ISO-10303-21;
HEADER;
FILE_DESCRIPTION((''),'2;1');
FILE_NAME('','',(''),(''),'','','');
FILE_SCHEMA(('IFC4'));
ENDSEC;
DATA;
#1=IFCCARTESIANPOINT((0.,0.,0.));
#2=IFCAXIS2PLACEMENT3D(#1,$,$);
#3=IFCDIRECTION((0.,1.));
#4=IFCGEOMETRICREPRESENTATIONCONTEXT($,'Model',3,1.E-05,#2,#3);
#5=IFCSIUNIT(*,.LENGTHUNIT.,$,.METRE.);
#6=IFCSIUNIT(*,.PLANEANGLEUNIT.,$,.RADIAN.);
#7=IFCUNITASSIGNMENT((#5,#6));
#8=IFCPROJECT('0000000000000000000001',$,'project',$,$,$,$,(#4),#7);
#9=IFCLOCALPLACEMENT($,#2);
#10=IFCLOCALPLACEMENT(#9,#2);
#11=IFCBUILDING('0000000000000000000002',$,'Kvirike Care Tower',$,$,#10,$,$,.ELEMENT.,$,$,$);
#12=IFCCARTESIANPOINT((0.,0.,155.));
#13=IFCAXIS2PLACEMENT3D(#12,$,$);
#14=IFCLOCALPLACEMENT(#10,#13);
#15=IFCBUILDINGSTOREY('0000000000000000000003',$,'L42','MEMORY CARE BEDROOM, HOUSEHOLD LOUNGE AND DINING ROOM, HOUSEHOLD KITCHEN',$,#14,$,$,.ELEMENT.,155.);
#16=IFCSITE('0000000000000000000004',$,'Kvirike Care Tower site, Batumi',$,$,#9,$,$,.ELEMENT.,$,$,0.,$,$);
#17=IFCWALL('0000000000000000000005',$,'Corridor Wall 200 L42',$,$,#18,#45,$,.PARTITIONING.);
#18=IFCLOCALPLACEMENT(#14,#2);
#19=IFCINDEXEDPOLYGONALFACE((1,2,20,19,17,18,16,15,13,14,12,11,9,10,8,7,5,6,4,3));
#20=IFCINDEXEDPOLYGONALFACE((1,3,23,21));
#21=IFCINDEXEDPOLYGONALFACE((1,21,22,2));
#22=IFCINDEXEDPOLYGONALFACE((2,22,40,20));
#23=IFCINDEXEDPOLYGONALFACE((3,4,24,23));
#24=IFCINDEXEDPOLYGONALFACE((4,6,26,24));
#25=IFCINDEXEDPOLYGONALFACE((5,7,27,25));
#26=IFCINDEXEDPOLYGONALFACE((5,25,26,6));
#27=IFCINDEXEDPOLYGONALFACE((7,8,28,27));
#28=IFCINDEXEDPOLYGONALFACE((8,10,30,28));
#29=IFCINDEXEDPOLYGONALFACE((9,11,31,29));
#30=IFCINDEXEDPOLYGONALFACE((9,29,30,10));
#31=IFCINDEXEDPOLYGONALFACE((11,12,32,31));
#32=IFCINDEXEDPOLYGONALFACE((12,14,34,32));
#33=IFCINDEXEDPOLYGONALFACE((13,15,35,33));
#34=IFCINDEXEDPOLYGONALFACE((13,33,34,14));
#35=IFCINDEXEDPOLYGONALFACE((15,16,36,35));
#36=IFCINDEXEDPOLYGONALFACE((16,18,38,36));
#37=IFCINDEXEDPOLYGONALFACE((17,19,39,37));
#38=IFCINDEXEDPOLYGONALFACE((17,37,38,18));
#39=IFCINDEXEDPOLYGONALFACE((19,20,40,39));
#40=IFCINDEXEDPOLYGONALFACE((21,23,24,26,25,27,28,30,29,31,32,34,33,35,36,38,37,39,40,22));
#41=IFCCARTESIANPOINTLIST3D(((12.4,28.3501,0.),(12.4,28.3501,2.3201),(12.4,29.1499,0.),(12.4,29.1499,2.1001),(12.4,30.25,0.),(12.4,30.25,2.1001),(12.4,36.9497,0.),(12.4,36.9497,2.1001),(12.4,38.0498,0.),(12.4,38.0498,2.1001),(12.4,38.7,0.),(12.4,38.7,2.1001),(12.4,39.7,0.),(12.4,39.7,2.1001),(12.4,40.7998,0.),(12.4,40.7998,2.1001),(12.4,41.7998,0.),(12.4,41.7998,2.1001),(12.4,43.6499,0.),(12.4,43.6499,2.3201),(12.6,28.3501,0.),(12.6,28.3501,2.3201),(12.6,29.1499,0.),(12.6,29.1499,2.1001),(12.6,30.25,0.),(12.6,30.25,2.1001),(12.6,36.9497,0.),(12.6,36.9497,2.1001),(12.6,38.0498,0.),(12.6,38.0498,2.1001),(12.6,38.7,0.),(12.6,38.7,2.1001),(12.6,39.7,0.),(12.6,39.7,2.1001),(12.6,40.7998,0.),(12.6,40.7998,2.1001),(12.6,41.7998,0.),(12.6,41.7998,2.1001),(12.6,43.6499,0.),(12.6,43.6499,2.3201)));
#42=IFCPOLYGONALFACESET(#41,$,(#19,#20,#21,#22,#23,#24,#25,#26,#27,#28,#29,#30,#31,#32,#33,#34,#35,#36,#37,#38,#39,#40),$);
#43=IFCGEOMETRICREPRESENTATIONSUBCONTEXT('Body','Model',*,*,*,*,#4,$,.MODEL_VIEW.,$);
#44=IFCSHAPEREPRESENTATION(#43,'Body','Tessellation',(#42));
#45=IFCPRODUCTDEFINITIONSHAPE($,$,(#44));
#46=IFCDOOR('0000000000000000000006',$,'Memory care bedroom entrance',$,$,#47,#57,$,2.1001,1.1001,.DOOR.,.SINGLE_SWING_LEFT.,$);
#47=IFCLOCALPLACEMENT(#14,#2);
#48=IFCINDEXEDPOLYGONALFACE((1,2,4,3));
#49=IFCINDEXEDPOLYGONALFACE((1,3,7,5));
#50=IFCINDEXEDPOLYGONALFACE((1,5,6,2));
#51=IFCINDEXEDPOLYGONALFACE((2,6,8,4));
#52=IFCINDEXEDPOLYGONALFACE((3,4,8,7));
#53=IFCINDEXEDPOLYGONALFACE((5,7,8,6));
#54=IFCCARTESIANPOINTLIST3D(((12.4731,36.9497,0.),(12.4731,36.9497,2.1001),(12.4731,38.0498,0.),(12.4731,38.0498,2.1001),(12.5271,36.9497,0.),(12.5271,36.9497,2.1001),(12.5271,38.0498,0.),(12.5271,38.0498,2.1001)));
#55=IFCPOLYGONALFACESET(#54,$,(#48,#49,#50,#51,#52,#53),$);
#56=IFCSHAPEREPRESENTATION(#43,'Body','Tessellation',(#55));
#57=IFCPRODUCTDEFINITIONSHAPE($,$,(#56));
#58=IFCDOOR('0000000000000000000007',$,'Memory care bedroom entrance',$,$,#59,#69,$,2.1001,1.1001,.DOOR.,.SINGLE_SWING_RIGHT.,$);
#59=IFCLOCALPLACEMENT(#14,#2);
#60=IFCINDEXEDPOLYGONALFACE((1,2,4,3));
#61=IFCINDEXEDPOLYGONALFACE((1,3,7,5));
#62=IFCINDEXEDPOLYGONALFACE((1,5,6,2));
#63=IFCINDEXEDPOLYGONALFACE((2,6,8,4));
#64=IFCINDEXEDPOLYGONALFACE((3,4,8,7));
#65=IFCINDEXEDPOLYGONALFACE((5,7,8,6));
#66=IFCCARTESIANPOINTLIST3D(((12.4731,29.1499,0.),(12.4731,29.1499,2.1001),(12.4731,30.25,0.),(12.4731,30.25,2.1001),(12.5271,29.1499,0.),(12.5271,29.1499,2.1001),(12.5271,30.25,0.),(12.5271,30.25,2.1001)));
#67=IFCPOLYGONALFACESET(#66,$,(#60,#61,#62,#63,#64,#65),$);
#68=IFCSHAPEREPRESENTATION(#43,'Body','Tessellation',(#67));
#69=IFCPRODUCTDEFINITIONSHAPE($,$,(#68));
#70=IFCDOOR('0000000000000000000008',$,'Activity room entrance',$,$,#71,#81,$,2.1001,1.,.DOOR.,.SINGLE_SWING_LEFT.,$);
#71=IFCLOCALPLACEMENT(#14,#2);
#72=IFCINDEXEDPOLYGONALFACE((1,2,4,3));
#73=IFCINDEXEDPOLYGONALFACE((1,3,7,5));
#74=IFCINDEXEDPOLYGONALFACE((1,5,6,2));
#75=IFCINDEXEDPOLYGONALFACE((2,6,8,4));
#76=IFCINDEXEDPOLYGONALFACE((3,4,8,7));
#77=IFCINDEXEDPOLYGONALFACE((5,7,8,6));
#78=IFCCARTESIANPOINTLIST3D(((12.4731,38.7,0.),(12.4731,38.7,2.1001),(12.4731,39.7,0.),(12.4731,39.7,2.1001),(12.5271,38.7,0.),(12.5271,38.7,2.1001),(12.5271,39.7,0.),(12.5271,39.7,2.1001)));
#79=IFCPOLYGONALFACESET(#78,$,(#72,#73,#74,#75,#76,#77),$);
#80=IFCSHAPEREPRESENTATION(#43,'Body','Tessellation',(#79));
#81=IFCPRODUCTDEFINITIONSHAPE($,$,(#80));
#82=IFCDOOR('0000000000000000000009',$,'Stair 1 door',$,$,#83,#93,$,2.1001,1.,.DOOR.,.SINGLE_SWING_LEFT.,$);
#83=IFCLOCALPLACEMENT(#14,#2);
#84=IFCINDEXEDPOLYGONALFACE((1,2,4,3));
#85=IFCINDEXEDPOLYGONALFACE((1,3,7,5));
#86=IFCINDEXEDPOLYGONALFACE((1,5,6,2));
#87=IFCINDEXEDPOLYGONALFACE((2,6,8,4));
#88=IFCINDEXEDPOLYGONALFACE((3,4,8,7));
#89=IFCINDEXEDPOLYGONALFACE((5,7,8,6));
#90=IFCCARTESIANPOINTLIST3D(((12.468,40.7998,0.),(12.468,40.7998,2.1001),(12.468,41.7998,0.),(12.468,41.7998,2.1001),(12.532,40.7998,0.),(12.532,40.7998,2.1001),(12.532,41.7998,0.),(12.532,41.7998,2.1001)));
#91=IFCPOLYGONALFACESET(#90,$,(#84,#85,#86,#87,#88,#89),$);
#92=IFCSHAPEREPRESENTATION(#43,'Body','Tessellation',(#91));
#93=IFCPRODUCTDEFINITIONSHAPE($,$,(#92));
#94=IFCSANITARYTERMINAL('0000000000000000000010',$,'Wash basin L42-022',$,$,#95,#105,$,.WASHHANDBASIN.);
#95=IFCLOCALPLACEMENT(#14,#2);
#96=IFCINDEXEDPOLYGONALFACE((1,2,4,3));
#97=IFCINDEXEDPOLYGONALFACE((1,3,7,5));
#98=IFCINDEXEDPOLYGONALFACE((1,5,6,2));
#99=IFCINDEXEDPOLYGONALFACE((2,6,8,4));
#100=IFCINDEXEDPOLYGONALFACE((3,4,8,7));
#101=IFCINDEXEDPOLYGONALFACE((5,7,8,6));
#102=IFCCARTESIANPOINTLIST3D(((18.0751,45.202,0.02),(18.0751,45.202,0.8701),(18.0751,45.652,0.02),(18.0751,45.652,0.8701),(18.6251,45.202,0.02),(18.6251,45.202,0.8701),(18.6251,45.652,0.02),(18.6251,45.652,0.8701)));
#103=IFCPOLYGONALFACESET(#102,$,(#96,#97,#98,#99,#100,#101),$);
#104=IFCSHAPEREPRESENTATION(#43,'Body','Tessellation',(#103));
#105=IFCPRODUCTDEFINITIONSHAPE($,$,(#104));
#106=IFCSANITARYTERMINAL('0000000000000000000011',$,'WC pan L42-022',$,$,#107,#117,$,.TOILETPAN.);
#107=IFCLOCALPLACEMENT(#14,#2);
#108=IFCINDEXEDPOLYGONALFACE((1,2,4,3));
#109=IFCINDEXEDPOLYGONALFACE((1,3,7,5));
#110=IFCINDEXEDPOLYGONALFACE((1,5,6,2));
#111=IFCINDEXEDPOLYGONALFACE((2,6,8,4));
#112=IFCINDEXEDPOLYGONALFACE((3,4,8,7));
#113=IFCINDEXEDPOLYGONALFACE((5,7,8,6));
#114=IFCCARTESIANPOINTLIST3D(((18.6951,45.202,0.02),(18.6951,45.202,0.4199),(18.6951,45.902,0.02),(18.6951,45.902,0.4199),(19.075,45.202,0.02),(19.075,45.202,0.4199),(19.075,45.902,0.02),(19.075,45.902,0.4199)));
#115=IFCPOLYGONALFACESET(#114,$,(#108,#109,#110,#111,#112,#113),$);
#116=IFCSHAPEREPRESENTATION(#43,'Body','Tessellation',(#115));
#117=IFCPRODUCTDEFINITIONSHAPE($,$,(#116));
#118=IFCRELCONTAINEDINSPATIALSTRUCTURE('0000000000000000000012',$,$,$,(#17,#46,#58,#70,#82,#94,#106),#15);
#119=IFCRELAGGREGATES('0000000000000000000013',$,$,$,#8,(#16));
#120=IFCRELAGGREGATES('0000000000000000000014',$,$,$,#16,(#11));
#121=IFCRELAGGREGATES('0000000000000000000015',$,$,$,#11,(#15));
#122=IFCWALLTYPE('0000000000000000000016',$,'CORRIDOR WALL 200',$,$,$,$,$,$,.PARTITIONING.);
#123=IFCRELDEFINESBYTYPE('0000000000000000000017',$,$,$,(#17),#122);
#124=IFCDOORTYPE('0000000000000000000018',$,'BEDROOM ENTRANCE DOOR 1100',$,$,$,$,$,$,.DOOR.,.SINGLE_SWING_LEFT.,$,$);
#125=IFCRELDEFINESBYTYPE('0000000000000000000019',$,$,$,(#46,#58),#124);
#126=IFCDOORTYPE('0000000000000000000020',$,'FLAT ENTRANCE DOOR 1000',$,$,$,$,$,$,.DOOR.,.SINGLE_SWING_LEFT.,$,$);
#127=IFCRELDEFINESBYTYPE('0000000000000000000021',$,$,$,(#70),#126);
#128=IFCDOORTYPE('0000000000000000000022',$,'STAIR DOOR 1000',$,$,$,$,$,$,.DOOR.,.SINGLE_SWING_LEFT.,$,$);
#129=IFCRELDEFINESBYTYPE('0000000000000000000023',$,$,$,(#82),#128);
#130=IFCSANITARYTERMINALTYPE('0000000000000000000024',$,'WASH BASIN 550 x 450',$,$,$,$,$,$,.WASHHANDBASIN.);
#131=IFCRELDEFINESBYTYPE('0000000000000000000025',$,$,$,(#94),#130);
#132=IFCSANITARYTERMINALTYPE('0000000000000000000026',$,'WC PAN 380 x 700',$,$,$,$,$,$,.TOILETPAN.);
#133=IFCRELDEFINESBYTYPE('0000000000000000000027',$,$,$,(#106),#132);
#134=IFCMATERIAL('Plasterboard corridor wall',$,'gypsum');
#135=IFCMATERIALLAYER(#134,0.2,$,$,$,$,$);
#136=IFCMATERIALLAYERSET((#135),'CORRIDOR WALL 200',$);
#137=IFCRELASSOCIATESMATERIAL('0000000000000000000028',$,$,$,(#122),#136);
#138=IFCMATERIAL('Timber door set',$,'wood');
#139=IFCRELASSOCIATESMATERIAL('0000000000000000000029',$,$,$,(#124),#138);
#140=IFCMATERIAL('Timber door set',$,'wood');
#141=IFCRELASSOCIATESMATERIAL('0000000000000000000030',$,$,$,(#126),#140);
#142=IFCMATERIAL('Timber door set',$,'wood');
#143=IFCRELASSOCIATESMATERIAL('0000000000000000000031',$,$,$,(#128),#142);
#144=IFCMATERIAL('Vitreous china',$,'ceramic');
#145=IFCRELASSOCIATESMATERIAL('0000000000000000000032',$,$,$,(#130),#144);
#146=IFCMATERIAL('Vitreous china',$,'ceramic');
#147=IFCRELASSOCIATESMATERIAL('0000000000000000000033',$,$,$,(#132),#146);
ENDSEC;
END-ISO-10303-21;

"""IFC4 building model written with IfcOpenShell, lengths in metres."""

from ifc_helpers import new_model, si_unit, direction, frame, frame_2d, origin, origin_2d, place, context, subcontext, project, spatial, rectangle, extrude, material, layer, layer_set, type_object, element, fill, save


model = new_model("IFC4")

# Units and contexts
model_context = context("Model", 3, precision=1e-05, world=origin(), true_north=direction((0.0, 1.0)))
body_context = subcontext(model_context, "Body", "Model", "MODEL_VIEW")
ifc_project = project(units=[si_unit("LENGTHUNIT", "METRE"), si_unit("PLANEANGLEUNIT", "RADIAN")], contexts=[model_context])

# Site, building, storey
site_placement = place(None, origin())
site = spatial("IfcSite", under=ifc_project, at=site_placement, Name="Kvirike Care Tower site, Batumi", CompositionType="ELEMENT", RefElevation=0.0)
building_placement = place(site_placement, origin())
building = spatial("IfcBuilding", under=site, at=building_placement, Name="Kvirike Care Tower", CompositionType="ELEMENT")
storey_placement = place(building_placement, frame((0.0, 0.0, 155.0)))
storey = spatial("IfcBuildingStorey", under=building, at=storey_placement, Name="L42", Description="MEMORY CARE BEDROOM, HOUSEHOLD LOUNGE AND DINING ROOM, HOUSEHOLD KITCHEN", CompositionType="ELEMENT", Elevation=155.0)

# Wall, openings, doors
ifc_material_1 = material(Name="Plasterboard corridor wall", Category="gypsum")
ifc_layer_1 = layer(ifc_material_1, 0.2)
ifc_layer_set_1 = layer_set([ifc_layer_1], Name="CORRIDOR WALL 200")
wall_type = type_object("IfcWallType", Name="CORRIDOR WALL 200", PredefinedType="PARTITIONING", material=ifc_layer_set_1)
wall_placement = place(storey_placement, frame((12.5, 43.6499, 0.0), z_axis=(0.0, 0.0, 1.0), x_axis=(0.0, -1.0, 0.0)))
wall = element("IfcWall", 1, at=wall_placement, inside=storey, type_object=wall_type, Name="Corridor Wall 200 L42", PredefinedType="PARTITIONING", context=body_context, shape_type="SweptSolid", body=[
    extrude(rectangle(XDim=15.2998, YDim=0.2, at=frame_2d((7.6499, 0.0))), origin(), (0.0, 0.0, 1.0), 2.3201),
])
opening_1_placement = place(wall_placement, frame((1.8501, 0.0, 0.0)))
opening_1 = element("IfcOpeningElement", 2, at=opening_1_placement, cuts=wall, PredefinedType="OPENING", context=body_context, shape_type="SweptSolid", body=[
    extrude(rectangle(XDim=1.0, YDim=2.1001, at=frame_2d((0.5, 1.05))), frame((0.0, 0.1106, 0.0), z_axis=(0.0, -1.0, 0.0), x_axis=(1.0, 0.0, 0.0)), (0.0, 0.0, 1.0), 0.2209),
])
opening_2_placement = place(wall_placement, frame((3.95, 0.0, 0.0)))
opening_2 = element("IfcOpeningElement", 3, at=opening_2_placement, cuts=wall, PredefinedType="OPENING", context=body_context, shape_type="SweptSolid", body=[
    extrude(rectangle(XDim=1.0, YDim=2.1001, at=frame_2d((0.5, 1.05))), frame((0.0, 0.1106, 0.0), z_axis=(0.0, -1.0, 0.0), x_axis=(1.0, 0.0, 0.0)), (0.0, 0.0, 1.0), 0.2209),
])
opening_3_placement = place(wall_placement, frame((5.6001, 0.0, 0.0)))
opening_3 = element("IfcOpeningElement", 4, at=opening_3_placement, cuts=wall, PredefinedType="OPENING", context=body_context, shape_type="SweptSolid", body=[
    extrude(rectangle(XDim=1.1001, YDim=2.1001, at=frame_2d((0.55, 1.05))), frame((0.0, 0.1106, 0.0), z_axis=(0.0, -1.0, 0.0), x_axis=(1.0, 0.0, 0.0)), (0.0, 0.0, 1.0), 0.2209),
])
opening_4_placement = place(wall_placement, frame((13.3999, 0.0, 0.0)))
opening_4 = element("IfcOpeningElement", 5, at=opening_4_placement, cuts=wall, PredefinedType="OPENING", context=body_context, shape_type="SweptSolid", body=[
    extrude(rectangle(XDim=1.1001, YDim=2.1001, at=frame_2d((0.55, 1.05))), frame((0.0, 0.1106, 0.0), z_axis=(0.0, -1.0, 0.0), x_axis=(1.0, 0.0, 0.0)), (0.0, 0.0, 1.0), 0.2209),
])
ifc_material_2 = material(Name="Timber door set", Category="wood")
door_type_1 = type_object("IfcDoorType", Name="BEDROOM ENTRANCE DOOR 1100", OperationType="SINGLE_SWING_LEFT", PredefinedType="DOOR", material=ifc_material_2)
door_1_placement = place(opening_3_placement, frame((1.1001, 0.0, 0.0), z_axis=(0.0, 0.0, 1.0), x_axis=(-1.0, 0.0, 0.0)))
door_1 = element("IfcDoor", 6, at=door_1_placement, inside=storey, type_object=door_type_1, Name="Memory care bedroom entrance", OperationType="SINGLE_SWING_LEFT", OverallHeight=2.1001, OverallWidth=1.1001, PredefinedType="DOOR", context=body_context, shape_type="SweptSolid", body=[
    extrude(rectangle(XDim=1.1001, YDim=2.1001, at=frame_2d((0.55, 1.05))), frame((0.0, 0.0269, 0.0), z_axis=(0.0, -1.0, 0.0), x_axis=(1.0, 0.0, 0.0)), (0.0, 0.0, 1.0), 0.054),
])
fill(opening_3, door_1)
door_2_placement = place(opening_4_placement, frame((1.1001, 0.0, 0.0), z_axis=(0.0, 0.0, 1.0), x_axis=(-1.0, 0.0, 0.0)))
door_2 = element("IfcDoor", 7, at=door_2_placement, inside=storey, type_object=door_type_1, Name="Memory care bedroom entrance", OperationType="SINGLE_SWING_RIGHT", OverallHeight=2.1001, OverallWidth=1.1001, PredefinedType="DOOR", context=body_context, shape_type="SweptSolid", body=[
    extrude(rectangle(XDim=1.1001, YDim=2.1001, at=frame_2d((0.55, 1.05))), frame((0.0, 0.0269, 0.0), z_axis=(0.0, -1.0, 0.0), x_axis=(1.0, 0.0, 0.0)), (0.0, 0.0, 1.0), 0.054),
])
fill(opening_4, door_2)
ifc_material_3 = material(Name="Timber door set", Category="wood")
door_type_2 = type_object("IfcDoorType", Name="FLAT ENTRANCE DOOR 1000", OperationType="SINGLE_SWING_LEFT", PredefinedType="DOOR", material=ifc_material_3)
door_3_placement = place(opening_2_placement, frame((1.0, 0.0, 0.0), z_axis=(0.0, 0.0, 1.0), x_axis=(-1.0, 0.0, 0.0)))
door_3 = element("IfcDoor", 8, at=door_3_placement, inside=storey, type_object=door_type_2, Name="Activity room entrance", OperationType="SINGLE_SWING_LEFT", OverallHeight=2.1001, OverallWidth=1.0, PredefinedType="DOOR", context=body_context, shape_type="SweptSolid", body=[
    extrude(rectangle(XDim=1.0, YDim=2.1001, at=frame_2d((0.5, 1.05))), frame((0.0, 0.0269, 0.0), z_axis=(0.0, -1.0, 0.0), x_axis=(1.0, 0.0, 0.0)), (0.0, 0.0, 1.0), 0.054),
])
fill(opening_2, door_3)
ifc_material_4 = material(Name="Timber door set", Category="wood")
door_type_3 = type_object("IfcDoorType", Name="STAIR DOOR 1000", OperationType="SINGLE_SWING_LEFT", PredefinedType="DOOR", material=ifc_material_4)
door_4_placement = place(opening_1_placement, frame((1.0, 0.0, 0.0), z_axis=(0.0, 0.0, 1.0), x_axis=(-1.0, 0.0, 0.0)))
door_4 = element("IfcDoor", 9, at=door_4_placement, inside=storey, type_object=door_type_3, Name="Stair 1 door", OperationType="SINGLE_SWING_LEFT", OverallHeight=2.1001, OverallWidth=1.0, PredefinedType="DOOR", context=body_context, shape_type="SweptSolid", body=[
    extrude(rectangle(XDim=1.0, YDim=2.1001, at=frame_2d((0.5, 1.05))), frame((0.0, 0.032, 0.0), z_axis=(0.0, -1.0, 0.0), x_axis=(1.0, 0.0, 0.0)), (0.0, 0.0, 1.0), 0.064),
])
fill(opening_1, door_4)

# Sanitary terminals
ifc_material_5 = material(Name="Vitreous china", Category="ceramic")
sanitary_terminal_type_1 = type_object("IfcSanitaryTerminalType", Name="WASH BASIN 550 x 450", PredefinedType="WASHHANDBASIN", material=ifc_material_5)
sanitary_terminal_1_placement = place(storey_placement, frame((18.3501, 45.427, 0.02), z_axis=(0.0, 0.0, 1.0), x_axis=(-1.0, 0.0, 0.0)))
element("IfcSanitaryTerminal", 10, at=sanitary_terminal_1_placement, inside=storey, type_object=sanitary_terminal_type_1, Name="Wash basin L42-022", PredefinedType="WASHHANDBASIN", context=body_context, shape_type="SweptSolid", body=[
    extrude(rectangle(XDim=0.55, YDim=0.45, at=origin_2d()), origin(), (0.0, 0.0, 1.0), 0.8501),
])
ifc_material_6 = material(Name="Vitreous china", Category="ceramic")
sanitary_terminal_type_2 = type_object("IfcSanitaryTerminalType", Name="WC PAN 380 x 700", PredefinedType="TOILETPAN", material=ifc_material_6)
sanitary_terminal_2_placement = place(storey_placement, frame((18.885, 45.552, 0.02), z_axis=(0.0, 0.0, 1.0), x_axis=(-1.0, 0.0, 0.0)))
element("IfcSanitaryTerminal", 11, at=sanitary_terminal_2_placement, inside=storey, type_object=sanitary_terminal_type_2, Name="WC pan L42-022", PredefinedType="TOILETPAN", context=body_context, shape_type="SweptSolid", body=[
    extrude(rectangle(XDim=0.3799, YDim=0.7, at=origin_2d()), origin(), (0.0, 0.0, 1.0), 0.3999),
])

save(model, "model.ifc")
